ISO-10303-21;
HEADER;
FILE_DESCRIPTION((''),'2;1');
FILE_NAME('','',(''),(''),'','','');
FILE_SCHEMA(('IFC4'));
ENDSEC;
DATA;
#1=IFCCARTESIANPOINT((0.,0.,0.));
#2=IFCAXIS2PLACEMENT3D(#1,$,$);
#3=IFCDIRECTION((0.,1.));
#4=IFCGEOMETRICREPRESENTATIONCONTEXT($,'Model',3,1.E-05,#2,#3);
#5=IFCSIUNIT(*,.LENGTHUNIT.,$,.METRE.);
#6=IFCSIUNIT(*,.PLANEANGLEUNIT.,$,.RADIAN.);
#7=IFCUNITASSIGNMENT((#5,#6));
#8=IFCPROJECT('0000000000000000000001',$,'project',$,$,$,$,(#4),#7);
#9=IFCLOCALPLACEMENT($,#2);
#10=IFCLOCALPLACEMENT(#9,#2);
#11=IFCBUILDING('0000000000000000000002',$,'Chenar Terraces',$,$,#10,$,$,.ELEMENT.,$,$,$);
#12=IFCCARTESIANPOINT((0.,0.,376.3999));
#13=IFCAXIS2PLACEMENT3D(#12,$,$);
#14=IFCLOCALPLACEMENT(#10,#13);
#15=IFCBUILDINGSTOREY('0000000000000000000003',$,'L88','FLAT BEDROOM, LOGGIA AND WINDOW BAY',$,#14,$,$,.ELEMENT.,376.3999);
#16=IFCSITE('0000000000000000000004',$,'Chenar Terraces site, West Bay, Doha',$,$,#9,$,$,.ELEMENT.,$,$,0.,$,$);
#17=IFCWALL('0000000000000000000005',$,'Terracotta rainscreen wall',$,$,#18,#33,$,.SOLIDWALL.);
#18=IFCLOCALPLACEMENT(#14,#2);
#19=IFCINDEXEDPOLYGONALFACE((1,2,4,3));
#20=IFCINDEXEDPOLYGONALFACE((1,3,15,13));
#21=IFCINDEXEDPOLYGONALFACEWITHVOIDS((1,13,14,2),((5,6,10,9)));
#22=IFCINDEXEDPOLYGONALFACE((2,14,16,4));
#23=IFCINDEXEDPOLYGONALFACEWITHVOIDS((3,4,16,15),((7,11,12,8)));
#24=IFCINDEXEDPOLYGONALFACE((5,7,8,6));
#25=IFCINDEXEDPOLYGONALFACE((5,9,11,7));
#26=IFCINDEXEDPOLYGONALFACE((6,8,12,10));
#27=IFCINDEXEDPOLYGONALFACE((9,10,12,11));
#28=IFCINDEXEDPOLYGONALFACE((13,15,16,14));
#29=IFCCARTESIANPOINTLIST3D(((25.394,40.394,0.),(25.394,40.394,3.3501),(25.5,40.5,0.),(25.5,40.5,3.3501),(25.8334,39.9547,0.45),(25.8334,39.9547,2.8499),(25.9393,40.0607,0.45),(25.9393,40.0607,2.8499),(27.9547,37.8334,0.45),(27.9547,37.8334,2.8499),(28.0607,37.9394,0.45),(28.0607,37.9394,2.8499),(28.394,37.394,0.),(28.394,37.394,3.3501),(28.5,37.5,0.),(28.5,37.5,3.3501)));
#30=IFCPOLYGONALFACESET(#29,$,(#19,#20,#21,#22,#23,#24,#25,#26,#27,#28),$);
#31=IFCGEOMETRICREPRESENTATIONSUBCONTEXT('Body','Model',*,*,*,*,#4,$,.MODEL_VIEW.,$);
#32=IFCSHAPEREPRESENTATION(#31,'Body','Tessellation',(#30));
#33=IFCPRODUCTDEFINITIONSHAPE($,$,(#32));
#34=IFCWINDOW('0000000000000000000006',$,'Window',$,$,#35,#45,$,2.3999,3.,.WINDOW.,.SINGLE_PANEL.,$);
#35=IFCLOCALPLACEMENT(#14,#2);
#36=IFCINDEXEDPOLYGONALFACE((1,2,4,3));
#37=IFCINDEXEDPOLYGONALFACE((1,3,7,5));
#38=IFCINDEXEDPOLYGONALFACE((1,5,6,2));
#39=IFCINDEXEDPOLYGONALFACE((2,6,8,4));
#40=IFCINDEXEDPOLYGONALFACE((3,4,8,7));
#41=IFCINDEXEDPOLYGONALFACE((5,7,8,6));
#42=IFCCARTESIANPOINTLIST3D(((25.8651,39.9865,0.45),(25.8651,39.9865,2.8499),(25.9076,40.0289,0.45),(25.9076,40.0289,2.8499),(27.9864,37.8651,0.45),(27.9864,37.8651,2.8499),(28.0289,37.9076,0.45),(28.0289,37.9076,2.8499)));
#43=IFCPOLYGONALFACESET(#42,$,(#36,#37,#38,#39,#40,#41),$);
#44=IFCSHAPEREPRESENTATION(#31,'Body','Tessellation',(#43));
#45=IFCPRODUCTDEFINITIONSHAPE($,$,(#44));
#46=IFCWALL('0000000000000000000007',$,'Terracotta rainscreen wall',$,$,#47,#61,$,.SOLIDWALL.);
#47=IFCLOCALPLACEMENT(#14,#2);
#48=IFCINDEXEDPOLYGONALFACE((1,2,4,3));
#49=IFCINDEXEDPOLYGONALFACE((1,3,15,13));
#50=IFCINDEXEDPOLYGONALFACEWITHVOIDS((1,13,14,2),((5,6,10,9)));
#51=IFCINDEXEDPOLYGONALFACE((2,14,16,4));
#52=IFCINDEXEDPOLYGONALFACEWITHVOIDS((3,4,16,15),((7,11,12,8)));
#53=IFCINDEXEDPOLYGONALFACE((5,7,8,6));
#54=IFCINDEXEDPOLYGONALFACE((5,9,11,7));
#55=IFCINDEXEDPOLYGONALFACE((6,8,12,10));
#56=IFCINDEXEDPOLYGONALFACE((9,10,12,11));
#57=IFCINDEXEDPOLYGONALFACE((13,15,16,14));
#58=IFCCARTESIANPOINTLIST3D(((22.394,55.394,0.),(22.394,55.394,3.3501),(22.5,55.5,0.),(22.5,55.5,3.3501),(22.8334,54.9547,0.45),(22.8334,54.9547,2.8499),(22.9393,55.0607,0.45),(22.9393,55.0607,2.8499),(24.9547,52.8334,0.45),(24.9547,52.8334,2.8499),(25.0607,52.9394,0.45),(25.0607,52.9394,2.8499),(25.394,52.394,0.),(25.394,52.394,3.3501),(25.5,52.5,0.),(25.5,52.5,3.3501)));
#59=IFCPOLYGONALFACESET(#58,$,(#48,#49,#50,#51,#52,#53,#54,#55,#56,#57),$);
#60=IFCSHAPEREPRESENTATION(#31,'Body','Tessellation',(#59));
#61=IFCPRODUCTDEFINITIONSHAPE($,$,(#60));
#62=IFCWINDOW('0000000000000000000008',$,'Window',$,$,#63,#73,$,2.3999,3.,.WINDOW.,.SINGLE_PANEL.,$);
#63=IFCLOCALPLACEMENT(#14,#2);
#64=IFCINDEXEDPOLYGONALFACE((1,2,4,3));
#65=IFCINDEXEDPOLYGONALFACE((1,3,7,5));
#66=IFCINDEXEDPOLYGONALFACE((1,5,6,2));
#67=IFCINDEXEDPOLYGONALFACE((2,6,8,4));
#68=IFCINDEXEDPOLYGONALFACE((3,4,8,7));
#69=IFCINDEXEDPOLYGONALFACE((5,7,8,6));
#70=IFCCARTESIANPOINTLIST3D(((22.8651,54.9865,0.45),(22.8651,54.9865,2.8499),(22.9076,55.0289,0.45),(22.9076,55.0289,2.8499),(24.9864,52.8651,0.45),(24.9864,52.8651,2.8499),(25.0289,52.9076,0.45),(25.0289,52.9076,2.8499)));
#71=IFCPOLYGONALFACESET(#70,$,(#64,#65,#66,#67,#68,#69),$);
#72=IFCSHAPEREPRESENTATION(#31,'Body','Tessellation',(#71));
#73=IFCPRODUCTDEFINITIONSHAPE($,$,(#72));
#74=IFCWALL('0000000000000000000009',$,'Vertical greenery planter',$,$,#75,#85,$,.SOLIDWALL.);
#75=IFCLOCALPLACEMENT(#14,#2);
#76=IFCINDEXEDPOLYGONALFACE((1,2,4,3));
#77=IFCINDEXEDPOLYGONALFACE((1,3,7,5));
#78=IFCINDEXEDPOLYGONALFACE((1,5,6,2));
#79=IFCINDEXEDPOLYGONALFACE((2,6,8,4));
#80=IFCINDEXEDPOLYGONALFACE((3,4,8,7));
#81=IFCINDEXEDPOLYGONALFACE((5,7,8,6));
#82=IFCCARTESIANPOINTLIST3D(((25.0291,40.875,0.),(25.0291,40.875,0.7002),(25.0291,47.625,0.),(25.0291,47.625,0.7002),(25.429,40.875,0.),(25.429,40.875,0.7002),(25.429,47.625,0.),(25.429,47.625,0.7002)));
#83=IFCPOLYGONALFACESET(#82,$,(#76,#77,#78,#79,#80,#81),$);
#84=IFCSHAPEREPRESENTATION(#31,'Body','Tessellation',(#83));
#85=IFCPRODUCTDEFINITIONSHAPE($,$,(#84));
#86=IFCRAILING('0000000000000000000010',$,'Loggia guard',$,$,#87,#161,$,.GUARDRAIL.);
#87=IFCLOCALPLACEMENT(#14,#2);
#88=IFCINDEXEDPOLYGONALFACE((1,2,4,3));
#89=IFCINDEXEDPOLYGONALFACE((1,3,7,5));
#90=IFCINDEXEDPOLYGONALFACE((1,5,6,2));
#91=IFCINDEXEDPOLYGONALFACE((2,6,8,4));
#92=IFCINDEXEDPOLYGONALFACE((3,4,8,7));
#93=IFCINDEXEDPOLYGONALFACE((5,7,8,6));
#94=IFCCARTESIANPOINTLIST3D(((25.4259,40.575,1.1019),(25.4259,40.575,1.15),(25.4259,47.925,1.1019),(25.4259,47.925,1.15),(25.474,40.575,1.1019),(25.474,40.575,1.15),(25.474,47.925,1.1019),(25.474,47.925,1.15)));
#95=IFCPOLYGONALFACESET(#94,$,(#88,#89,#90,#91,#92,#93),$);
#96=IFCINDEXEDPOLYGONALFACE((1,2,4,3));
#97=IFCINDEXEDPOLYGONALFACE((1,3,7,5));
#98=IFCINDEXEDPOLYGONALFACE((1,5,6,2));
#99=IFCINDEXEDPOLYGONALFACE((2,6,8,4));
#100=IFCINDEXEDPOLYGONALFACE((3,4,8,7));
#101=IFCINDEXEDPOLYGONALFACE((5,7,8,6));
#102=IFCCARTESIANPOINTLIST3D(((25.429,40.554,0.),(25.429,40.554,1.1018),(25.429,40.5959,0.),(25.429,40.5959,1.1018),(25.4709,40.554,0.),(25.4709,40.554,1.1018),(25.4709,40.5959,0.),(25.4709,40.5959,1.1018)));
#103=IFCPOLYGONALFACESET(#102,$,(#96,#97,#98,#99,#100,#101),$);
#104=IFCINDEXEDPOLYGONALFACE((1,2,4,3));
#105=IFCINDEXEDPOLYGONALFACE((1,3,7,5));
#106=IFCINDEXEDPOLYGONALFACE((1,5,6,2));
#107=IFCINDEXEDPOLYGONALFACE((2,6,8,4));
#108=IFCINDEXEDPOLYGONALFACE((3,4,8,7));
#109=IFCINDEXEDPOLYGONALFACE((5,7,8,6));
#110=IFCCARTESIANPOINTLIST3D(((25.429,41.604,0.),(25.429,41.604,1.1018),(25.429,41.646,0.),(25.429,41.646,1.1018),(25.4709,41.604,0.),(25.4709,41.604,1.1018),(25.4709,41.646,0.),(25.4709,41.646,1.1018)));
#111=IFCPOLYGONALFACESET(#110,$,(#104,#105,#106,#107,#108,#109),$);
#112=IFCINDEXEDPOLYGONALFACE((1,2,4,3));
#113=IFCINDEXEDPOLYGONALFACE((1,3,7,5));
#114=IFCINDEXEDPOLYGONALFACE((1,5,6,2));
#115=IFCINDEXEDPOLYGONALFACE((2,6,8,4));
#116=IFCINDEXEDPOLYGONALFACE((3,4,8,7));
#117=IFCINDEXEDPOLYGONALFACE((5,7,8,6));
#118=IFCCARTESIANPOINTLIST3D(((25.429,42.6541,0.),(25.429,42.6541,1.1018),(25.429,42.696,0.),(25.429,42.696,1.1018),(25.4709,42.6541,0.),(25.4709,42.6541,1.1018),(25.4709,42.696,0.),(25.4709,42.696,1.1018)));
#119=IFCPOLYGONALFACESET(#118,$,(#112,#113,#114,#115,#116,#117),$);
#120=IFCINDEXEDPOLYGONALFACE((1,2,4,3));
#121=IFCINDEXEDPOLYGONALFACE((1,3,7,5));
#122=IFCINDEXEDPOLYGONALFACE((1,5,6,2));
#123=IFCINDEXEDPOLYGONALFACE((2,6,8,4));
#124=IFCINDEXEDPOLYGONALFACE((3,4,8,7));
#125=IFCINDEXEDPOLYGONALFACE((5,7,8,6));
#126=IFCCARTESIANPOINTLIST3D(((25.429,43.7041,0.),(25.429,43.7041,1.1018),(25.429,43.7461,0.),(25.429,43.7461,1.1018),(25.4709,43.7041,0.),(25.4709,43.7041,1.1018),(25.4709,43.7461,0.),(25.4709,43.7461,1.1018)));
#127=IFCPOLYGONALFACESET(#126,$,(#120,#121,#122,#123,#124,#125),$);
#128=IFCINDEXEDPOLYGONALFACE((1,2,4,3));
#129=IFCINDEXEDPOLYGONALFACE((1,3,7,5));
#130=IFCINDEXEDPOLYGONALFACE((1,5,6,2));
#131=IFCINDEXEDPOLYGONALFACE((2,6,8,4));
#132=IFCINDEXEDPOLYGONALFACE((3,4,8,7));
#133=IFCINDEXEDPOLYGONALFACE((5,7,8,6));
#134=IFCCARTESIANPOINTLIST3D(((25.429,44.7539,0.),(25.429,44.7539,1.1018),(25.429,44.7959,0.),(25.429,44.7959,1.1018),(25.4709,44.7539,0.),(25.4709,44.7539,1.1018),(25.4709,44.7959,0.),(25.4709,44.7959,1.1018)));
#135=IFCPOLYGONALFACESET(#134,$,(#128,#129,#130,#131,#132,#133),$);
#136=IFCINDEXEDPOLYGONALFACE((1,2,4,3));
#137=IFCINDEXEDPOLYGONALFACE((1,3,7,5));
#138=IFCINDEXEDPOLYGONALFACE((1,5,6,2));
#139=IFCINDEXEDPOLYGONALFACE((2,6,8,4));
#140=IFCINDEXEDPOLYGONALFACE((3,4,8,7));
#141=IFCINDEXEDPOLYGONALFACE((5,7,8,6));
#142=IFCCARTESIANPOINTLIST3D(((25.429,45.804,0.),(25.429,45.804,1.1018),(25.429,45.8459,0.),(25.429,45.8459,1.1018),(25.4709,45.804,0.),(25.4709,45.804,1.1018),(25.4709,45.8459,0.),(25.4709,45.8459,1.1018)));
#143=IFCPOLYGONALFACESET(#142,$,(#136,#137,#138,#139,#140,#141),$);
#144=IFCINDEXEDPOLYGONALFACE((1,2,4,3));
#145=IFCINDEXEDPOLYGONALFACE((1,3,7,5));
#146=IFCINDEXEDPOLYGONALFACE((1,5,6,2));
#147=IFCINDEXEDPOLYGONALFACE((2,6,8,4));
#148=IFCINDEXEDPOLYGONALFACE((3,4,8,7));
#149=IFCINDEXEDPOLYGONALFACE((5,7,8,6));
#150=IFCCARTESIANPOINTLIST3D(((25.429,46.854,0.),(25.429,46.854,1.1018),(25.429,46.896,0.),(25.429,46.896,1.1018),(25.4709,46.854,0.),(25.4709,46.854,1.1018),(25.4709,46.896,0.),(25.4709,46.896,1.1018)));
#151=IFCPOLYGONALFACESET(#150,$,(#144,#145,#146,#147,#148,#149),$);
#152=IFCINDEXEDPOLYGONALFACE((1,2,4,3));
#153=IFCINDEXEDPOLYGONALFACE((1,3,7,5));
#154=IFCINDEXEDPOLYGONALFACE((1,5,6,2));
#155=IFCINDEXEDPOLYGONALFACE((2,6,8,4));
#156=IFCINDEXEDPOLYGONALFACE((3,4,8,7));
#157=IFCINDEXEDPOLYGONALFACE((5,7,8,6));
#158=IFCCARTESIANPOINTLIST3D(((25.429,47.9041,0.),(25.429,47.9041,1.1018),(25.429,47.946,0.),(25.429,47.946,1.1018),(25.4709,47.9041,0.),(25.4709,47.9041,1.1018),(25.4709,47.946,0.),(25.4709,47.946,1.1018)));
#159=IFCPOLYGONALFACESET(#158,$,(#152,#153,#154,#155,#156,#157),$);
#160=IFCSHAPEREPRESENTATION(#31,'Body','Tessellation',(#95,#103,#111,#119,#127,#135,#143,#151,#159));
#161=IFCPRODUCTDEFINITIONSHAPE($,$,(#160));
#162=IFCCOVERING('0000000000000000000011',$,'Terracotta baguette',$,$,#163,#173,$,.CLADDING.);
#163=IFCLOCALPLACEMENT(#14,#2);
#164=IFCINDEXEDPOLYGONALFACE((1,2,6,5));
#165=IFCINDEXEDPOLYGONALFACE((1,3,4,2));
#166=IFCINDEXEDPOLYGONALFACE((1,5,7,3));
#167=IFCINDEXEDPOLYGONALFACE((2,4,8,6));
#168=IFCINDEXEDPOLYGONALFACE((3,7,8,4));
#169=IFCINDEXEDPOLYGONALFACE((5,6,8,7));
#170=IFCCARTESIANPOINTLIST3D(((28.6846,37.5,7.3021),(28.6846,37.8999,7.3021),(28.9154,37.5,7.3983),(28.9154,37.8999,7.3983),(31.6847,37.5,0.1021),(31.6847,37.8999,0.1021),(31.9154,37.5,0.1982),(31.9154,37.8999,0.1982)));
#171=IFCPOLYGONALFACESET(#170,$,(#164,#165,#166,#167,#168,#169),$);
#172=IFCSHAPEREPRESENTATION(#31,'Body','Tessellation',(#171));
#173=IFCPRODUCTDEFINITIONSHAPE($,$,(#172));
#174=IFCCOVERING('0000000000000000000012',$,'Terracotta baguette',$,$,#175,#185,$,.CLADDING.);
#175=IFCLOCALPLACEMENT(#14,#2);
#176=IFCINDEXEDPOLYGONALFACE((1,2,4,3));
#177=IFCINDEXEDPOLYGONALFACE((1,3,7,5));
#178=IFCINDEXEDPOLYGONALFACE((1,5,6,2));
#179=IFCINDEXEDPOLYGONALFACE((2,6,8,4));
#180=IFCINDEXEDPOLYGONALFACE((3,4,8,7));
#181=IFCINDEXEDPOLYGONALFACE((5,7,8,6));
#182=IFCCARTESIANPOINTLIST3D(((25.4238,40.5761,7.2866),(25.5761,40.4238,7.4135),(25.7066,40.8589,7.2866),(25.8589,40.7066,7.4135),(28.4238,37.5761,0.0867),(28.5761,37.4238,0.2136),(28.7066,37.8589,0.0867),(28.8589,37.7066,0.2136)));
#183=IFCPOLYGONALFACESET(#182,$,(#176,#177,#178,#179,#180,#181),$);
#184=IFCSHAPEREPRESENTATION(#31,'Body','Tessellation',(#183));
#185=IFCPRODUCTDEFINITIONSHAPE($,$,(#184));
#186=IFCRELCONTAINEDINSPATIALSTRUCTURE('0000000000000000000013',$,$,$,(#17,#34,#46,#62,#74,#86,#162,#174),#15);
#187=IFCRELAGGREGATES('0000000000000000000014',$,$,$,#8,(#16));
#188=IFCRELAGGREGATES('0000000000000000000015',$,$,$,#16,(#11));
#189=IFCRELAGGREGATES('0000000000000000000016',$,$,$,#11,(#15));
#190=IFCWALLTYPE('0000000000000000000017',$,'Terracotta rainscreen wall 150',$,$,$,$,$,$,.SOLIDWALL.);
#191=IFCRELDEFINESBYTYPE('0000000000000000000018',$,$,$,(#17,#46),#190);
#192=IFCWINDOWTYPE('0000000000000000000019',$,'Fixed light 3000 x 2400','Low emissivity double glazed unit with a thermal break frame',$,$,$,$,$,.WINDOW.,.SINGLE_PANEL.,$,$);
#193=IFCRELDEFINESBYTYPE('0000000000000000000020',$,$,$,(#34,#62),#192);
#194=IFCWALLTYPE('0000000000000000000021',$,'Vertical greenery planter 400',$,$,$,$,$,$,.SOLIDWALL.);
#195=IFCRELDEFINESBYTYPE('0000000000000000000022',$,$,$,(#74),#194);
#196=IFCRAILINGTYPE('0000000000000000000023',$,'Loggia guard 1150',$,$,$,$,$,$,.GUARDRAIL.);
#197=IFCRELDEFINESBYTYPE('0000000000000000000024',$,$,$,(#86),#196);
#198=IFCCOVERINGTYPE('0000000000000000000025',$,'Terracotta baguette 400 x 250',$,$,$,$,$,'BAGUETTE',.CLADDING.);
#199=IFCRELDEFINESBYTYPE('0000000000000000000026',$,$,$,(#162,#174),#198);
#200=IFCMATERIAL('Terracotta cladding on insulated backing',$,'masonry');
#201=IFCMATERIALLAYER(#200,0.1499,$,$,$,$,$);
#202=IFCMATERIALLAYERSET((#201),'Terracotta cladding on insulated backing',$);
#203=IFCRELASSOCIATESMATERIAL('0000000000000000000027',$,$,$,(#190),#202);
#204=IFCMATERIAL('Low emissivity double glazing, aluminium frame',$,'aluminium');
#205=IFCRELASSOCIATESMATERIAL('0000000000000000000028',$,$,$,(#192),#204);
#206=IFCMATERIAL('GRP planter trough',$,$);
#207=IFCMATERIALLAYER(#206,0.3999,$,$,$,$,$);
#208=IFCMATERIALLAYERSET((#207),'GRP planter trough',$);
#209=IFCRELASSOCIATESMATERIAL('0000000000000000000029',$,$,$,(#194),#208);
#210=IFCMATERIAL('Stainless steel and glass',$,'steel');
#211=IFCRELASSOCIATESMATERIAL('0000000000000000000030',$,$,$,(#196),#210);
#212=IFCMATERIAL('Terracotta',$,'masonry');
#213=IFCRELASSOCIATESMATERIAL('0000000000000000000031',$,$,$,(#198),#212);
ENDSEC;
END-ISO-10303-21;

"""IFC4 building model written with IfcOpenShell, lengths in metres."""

from ifc_helpers import new_model, si_unit, direction, frame, frame_2d, origin, origin_2d, place, context, subcontext, project, spatial, rectangle, extrude, material, layer, layer_set, material_profile, profile_set, type_object, element, fill, save


model = new_model("IFC4")

# Units and contexts
model_context = context("Model", 3, precision=1e-05, world=origin(), true_north=direction((0.0, 1.0)))
body_context = subcontext(model_context, "Body", "Model", "MODEL_VIEW")
ifc_project = project(units=[si_unit("LENGTHUNIT", "METRE"), si_unit("PLANEANGLEUNIT", "RADIAN")], contexts=[model_context])

# Site, building, storey
site_placement = place(None, origin())
site = spatial("IfcSite", under=ifc_project, at=site_placement, Name="Chenar Terraces site, West Bay, Doha", CompositionType="ELEMENT", RefElevation=0.0)
building_placement = place(site_placement, origin())
building = spatial("IfcBuilding", under=site, at=building_placement, Name="Chenar Terraces", CompositionType="ELEMENT")
storey_placement = place(building_placement, frame((0.0, 0.0, 376.3999)))
storey = spatial("IfcBuildingStorey", under=building, at=storey_placement, Name="L88", Description="FLAT BEDROOM, LOGGIA AND WINDOW BAY", CompositionType="ELEMENT", Elevation=376.3999)

# Walls, openings, windows
ifc_material_1 = material(Name="Terracotta cladding on insulated backing", Category="masonry")
ifc_layer_1 = layer(ifc_material_1, 0.1499)
ifc_layer_set_1 = layer_set([ifc_layer_1], Name="Terracotta cladding on insulated backing")
wall_type_1 = type_object("IfcWallType", Name="Terracotta rainscreen wall 150", PredefinedType="SOLIDWALL", material=ifc_layer_set_1)
wall_1_placement = place(storey_placement, frame((28.447, 37.447, 0.0), z_axis=(0.0, 0.0, 1.0), x_axis=(-0.707107, 0.707107, 0.0)))
wall_1 = element("IfcWall", 1, at=wall_1_placement, inside=storey, type_object=wall_type_1, Name="Terracotta rainscreen wall", PredefinedType="SOLIDWALL", context=body_context, shape_type="SweptSolid", body=[
    extrude(rectangle(XDim=4.2427, YDim=0.1499, at=frame_2d((2.1213, 0.0))), origin(), (0.0, 0.0, 1.0), 3.3501),
])
opening_1_placement = place(wall_1_placement, frame((0.6213, 0.0, 0.45)))
opening_1 = element("IfcOpeningElement", 2, at=opening_1_placement, cuts=wall_1, PredefinedType="OPENING", context=body_context, shape_type="SweptSolid", body=[
    extrude(rectangle(XDim=3.0, YDim=2.3999, at=frame_2d((1.5, 1.2))), frame((0.0, 0.085, 0.0), z_axis=(0.0, -1.0, 0.0), x_axis=(1.0, 0.0, 0.0)), (0.0, 0.0, 1.0), 0.1699),
])
ifc_material_2 = material(Name="Low emissivity double glazing, aluminium frame", Category="aluminium")
window_type_1 = type_object("IfcWindowType", Name="Fixed light 3000 x 2400", Description="Low emissivity double glazed unit with a thermal break frame", PartitioningType="SINGLE_PANEL", PredefinedType="WINDOW", material=ifc_material_2)
window_1_placement = place(opening_1_placement, origin())
window_1 = element("IfcWindow", 3, at=window_1_placement, inside=storey, type_object=window_type_1, Name="Window", OverallHeight=2.3999, OverallWidth=3.0, PartitioningType="SINGLE_PANEL", PredefinedType="WINDOW", context=body_context, shape_type="SweptSolid", body=[
    extrude(rectangle(XDim=3.0, YDim=2.3999, at=frame_2d((1.5, 1.2))), frame((0.0, 0.03, 0.0), z_axis=(0.0, -1.0, 0.0), x_axis=(1.0, 0.0, 0.0)), (0.0, 0.0, 1.0), 0.0601),
])
fill(opening_1, window_1)
wall_2_placement = place(storey_placement, frame((25.447, 52.447, 0.0), z_axis=(0.0, 0.0, 1.0), x_axis=(-0.707107, 0.707107, 0.0)))
wall_2 = element("IfcWall", 4, at=wall_2_placement, inside=storey, type_object=wall_type_1, Name="Terracotta rainscreen wall", PredefinedType="SOLIDWALL", context=body_context, shape_type="SweptSolid", body=[
    extrude(rectangle(XDim=4.2427, YDim=0.1499, at=frame_2d((2.1213, 0.0))), origin(), (0.0, 0.0, 1.0), 3.3501),
])
opening_2_placement = place(wall_2_placement, frame((0.6213, 0.0, 0.45)))
opening_2 = element("IfcOpeningElement", 5, at=opening_2_placement, cuts=wall_2, PredefinedType="OPENING", context=body_context, shape_type="SweptSolid", body=[
    extrude(rectangle(XDim=3.0, YDim=2.3999, at=frame_2d((1.5, 1.2))), frame((0.0, 0.085, 0.0), z_axis=(0.0, -1.0, 0.0), x_axis=(1.0, 0.0, 0.0)), (0.0, 0.0, 1.0), 0.1699),
])
window_2_placement = place(opening_2_placement, origin())
window_2 = element("IfcWindow", 6, at=window_2_placement, inside=storey, type_object=window_type_1, Name="Window", OverallHeight=2.3999, OverallWidth=3.0, PartitioningType="SINGLE_PANEL", PredefinedType="WINDOW", context=body_context, shape_type="SweptSolid", body=[
    extrude(rectangle(XDim=3.0, YDim=2.3999, at=frame_2d((1.5, 1.2))), frame((0.0, 0.03, 0.0), z_axis=(0.0, -1.0, 0.0), x_axis=(1.0, 0.0, 0.0)), (0.0, 0.0, 1.0), 0.0601),
])
fill(opening_2, window_2)

# Wall
ifc_material_3 = material(Name="GRP planter trough")
ifc_layer_2 = layer(ifc_material_3, 0.3999)
ifc_layer_set_2 = layer_set([ifc_layer_2], Name="GRP planter trough")
wall_type_2 = type_object("IfcWallType", Name="Vertical greenery planter 400", PredefinedType="SOLIDWALL", material=ifc_layer_set_2)
wall_3_placement = place(storey_placement, frame((25.229, 40.875, 0.0), z_axis=(0.0, 0.0, 1.0), x_axis=(0.0, 1.0, 0.0)))
element("IfcWall", 7, at=wall_3_placement, inside=storey, type_object=wall_type_2, Name="Vertical greenery planter", PredefinedType="SOLIDWALL", context=body_context, shape_type="SweptSolid", body=[
    extrude(rectangle(XDim=6.75, YDim=0.3999, at=frame_2d((3.375, 0.0))), origin(), (0.0, 0.0, 1.0), 0.7002),
])

# Railing
ifc_material_4 = material(Name="Stainless steel and glass", Category="steel")
railing_type = type_object("IfcRailingType", Name="Loggia guard 1150", PredefinedType="GUARDRAIL", material=ifc_material_4)
railing_placement = place(storey_placement, frame((25.45, 40.575, 0.0)))
element("IfcRailing", 8, at=railing_placement, inside=storey, type_object=railing_type, Name="Loggia guard", PredefinedType="GUARDRAIL", context=body_context, shape_type="SweptSolid", body=[
    extrude(rectangle(XDim=0.0481, YDim=0.0481, at=origin_2d()), frame((0.0, 0.0, 1.126), z_axis=(0.0, 1.0, 0.0), x_axis=(-1.0, 0.0, 0.0)), (0.0, 0.0, 1.0), 7.3501),
    extrude(rectangle(XDim=0.042, YDim=0.042, at=origin_2d()), origin(), (0.0, 0.0, 1.0), 1.1018),
    extrude(rectangle(XDim=0.042, YDim=0.042, at=origin_2d()), frame((0.0, 1.05, 0.0)), (0.0, 0.0, 1.0), 1.1018),
    extrude(rectangle(XDim=0.042, YDim=0.042, at=origin_2d()), frame((0.0, 2.1001, 0.0)), (0.0, 0.0, 1.0), 1.1018),
    extrude(rectangle(XDim=0.042, YDim=0.042, at=origin_2d()), frame((0.0, 3.1501, 0.0)), (0.0, 0.0, 1.0), 1.1018),
    extrude(rectangle(XDim=0.042, YDim=0.042, at=origin_2d()), frame((0.0, 4.2, 0.0)), (0.0, 0.0, 1.0), 1.1018),
    extrude(rectangle(XDim=0.042, YDim=0.042, at=origin_2d()), frame((0.0, 5.25, 0.0)), (0.0, 0.0, 1.0), 1.1018),
    extrude(rectangle(XDim=0.042, YDim=0.042, at=origin_2d()), frame((0.0, 6.3, 0.0)), (0.0, 0.0, 1.0), 1.1018),
    extrude(rectangle(XDim=0.042, YDim=0.042, at=origin_2d()), frame((0.0, 7.3501, 0.0)), (0.0, 0.0, 1.0), 1.1018),
])

# Coverings
ifc_material_5 = material(Name="Terracotta", Category="masonry")
ifc_material_profile_1 = material_profile(ifc_material_5, rectangle(XDim=0.3999, YDim=0.25, at=origin_2d()), Name="Terracotta baguette 400 x 250")
ifc_profile_set_1 = profile_set([ifc_material_profile_1], Name="Terracotta")
covering_type = type_object("IfcCoveringType", Name="Terracotta baguette 400 x 250", ElementType="BAGUETTE", PredefinedType="CLADDING", material=ifc_profile_set_1)
covering_1_placement = place(storey_placement, frame((31.8, 37.7, 0.1501), z_axis=(-0.384618, 0.0, 0.923076), x_axis=(0.0, -1.0, 0.0)))
element("IfcCovering", 9, at=covering_1_placement, inside=storey, type_object=covering_type, Name="Terracotta baguette", PredefinedType="CLADDING", context=body_context, shape_type="SweptSolid", body=[
    extrude(rectangle(XDim=0.3999, YDim=0.25, at=origin_2d()), origin(), (0.0, 0.0, 1.0), 7.8),
])
covering_2_placement = place(storey_placement, frame((28.6414, 37.6414, 0.1501), z_axis=(-0.358981, 0.358981, 0.861548), x_axis=(-0.707107, -0.707107, 0.0)))
element("IfcCovering", 10, at=covering_2_placement, inside=storey, type_object=covering_type, Name="Terracotta baguette", PredefinedType="CLADDING", context=body_context, shape_type="SweptSolid", body=[
    extrude(rectangle(XDim=0.3999, YDim=0.25, at=origin_2d()), origin(), (0.0, 0.0, 1.0), 8.3569),
])

save(model, "model.ifc")
